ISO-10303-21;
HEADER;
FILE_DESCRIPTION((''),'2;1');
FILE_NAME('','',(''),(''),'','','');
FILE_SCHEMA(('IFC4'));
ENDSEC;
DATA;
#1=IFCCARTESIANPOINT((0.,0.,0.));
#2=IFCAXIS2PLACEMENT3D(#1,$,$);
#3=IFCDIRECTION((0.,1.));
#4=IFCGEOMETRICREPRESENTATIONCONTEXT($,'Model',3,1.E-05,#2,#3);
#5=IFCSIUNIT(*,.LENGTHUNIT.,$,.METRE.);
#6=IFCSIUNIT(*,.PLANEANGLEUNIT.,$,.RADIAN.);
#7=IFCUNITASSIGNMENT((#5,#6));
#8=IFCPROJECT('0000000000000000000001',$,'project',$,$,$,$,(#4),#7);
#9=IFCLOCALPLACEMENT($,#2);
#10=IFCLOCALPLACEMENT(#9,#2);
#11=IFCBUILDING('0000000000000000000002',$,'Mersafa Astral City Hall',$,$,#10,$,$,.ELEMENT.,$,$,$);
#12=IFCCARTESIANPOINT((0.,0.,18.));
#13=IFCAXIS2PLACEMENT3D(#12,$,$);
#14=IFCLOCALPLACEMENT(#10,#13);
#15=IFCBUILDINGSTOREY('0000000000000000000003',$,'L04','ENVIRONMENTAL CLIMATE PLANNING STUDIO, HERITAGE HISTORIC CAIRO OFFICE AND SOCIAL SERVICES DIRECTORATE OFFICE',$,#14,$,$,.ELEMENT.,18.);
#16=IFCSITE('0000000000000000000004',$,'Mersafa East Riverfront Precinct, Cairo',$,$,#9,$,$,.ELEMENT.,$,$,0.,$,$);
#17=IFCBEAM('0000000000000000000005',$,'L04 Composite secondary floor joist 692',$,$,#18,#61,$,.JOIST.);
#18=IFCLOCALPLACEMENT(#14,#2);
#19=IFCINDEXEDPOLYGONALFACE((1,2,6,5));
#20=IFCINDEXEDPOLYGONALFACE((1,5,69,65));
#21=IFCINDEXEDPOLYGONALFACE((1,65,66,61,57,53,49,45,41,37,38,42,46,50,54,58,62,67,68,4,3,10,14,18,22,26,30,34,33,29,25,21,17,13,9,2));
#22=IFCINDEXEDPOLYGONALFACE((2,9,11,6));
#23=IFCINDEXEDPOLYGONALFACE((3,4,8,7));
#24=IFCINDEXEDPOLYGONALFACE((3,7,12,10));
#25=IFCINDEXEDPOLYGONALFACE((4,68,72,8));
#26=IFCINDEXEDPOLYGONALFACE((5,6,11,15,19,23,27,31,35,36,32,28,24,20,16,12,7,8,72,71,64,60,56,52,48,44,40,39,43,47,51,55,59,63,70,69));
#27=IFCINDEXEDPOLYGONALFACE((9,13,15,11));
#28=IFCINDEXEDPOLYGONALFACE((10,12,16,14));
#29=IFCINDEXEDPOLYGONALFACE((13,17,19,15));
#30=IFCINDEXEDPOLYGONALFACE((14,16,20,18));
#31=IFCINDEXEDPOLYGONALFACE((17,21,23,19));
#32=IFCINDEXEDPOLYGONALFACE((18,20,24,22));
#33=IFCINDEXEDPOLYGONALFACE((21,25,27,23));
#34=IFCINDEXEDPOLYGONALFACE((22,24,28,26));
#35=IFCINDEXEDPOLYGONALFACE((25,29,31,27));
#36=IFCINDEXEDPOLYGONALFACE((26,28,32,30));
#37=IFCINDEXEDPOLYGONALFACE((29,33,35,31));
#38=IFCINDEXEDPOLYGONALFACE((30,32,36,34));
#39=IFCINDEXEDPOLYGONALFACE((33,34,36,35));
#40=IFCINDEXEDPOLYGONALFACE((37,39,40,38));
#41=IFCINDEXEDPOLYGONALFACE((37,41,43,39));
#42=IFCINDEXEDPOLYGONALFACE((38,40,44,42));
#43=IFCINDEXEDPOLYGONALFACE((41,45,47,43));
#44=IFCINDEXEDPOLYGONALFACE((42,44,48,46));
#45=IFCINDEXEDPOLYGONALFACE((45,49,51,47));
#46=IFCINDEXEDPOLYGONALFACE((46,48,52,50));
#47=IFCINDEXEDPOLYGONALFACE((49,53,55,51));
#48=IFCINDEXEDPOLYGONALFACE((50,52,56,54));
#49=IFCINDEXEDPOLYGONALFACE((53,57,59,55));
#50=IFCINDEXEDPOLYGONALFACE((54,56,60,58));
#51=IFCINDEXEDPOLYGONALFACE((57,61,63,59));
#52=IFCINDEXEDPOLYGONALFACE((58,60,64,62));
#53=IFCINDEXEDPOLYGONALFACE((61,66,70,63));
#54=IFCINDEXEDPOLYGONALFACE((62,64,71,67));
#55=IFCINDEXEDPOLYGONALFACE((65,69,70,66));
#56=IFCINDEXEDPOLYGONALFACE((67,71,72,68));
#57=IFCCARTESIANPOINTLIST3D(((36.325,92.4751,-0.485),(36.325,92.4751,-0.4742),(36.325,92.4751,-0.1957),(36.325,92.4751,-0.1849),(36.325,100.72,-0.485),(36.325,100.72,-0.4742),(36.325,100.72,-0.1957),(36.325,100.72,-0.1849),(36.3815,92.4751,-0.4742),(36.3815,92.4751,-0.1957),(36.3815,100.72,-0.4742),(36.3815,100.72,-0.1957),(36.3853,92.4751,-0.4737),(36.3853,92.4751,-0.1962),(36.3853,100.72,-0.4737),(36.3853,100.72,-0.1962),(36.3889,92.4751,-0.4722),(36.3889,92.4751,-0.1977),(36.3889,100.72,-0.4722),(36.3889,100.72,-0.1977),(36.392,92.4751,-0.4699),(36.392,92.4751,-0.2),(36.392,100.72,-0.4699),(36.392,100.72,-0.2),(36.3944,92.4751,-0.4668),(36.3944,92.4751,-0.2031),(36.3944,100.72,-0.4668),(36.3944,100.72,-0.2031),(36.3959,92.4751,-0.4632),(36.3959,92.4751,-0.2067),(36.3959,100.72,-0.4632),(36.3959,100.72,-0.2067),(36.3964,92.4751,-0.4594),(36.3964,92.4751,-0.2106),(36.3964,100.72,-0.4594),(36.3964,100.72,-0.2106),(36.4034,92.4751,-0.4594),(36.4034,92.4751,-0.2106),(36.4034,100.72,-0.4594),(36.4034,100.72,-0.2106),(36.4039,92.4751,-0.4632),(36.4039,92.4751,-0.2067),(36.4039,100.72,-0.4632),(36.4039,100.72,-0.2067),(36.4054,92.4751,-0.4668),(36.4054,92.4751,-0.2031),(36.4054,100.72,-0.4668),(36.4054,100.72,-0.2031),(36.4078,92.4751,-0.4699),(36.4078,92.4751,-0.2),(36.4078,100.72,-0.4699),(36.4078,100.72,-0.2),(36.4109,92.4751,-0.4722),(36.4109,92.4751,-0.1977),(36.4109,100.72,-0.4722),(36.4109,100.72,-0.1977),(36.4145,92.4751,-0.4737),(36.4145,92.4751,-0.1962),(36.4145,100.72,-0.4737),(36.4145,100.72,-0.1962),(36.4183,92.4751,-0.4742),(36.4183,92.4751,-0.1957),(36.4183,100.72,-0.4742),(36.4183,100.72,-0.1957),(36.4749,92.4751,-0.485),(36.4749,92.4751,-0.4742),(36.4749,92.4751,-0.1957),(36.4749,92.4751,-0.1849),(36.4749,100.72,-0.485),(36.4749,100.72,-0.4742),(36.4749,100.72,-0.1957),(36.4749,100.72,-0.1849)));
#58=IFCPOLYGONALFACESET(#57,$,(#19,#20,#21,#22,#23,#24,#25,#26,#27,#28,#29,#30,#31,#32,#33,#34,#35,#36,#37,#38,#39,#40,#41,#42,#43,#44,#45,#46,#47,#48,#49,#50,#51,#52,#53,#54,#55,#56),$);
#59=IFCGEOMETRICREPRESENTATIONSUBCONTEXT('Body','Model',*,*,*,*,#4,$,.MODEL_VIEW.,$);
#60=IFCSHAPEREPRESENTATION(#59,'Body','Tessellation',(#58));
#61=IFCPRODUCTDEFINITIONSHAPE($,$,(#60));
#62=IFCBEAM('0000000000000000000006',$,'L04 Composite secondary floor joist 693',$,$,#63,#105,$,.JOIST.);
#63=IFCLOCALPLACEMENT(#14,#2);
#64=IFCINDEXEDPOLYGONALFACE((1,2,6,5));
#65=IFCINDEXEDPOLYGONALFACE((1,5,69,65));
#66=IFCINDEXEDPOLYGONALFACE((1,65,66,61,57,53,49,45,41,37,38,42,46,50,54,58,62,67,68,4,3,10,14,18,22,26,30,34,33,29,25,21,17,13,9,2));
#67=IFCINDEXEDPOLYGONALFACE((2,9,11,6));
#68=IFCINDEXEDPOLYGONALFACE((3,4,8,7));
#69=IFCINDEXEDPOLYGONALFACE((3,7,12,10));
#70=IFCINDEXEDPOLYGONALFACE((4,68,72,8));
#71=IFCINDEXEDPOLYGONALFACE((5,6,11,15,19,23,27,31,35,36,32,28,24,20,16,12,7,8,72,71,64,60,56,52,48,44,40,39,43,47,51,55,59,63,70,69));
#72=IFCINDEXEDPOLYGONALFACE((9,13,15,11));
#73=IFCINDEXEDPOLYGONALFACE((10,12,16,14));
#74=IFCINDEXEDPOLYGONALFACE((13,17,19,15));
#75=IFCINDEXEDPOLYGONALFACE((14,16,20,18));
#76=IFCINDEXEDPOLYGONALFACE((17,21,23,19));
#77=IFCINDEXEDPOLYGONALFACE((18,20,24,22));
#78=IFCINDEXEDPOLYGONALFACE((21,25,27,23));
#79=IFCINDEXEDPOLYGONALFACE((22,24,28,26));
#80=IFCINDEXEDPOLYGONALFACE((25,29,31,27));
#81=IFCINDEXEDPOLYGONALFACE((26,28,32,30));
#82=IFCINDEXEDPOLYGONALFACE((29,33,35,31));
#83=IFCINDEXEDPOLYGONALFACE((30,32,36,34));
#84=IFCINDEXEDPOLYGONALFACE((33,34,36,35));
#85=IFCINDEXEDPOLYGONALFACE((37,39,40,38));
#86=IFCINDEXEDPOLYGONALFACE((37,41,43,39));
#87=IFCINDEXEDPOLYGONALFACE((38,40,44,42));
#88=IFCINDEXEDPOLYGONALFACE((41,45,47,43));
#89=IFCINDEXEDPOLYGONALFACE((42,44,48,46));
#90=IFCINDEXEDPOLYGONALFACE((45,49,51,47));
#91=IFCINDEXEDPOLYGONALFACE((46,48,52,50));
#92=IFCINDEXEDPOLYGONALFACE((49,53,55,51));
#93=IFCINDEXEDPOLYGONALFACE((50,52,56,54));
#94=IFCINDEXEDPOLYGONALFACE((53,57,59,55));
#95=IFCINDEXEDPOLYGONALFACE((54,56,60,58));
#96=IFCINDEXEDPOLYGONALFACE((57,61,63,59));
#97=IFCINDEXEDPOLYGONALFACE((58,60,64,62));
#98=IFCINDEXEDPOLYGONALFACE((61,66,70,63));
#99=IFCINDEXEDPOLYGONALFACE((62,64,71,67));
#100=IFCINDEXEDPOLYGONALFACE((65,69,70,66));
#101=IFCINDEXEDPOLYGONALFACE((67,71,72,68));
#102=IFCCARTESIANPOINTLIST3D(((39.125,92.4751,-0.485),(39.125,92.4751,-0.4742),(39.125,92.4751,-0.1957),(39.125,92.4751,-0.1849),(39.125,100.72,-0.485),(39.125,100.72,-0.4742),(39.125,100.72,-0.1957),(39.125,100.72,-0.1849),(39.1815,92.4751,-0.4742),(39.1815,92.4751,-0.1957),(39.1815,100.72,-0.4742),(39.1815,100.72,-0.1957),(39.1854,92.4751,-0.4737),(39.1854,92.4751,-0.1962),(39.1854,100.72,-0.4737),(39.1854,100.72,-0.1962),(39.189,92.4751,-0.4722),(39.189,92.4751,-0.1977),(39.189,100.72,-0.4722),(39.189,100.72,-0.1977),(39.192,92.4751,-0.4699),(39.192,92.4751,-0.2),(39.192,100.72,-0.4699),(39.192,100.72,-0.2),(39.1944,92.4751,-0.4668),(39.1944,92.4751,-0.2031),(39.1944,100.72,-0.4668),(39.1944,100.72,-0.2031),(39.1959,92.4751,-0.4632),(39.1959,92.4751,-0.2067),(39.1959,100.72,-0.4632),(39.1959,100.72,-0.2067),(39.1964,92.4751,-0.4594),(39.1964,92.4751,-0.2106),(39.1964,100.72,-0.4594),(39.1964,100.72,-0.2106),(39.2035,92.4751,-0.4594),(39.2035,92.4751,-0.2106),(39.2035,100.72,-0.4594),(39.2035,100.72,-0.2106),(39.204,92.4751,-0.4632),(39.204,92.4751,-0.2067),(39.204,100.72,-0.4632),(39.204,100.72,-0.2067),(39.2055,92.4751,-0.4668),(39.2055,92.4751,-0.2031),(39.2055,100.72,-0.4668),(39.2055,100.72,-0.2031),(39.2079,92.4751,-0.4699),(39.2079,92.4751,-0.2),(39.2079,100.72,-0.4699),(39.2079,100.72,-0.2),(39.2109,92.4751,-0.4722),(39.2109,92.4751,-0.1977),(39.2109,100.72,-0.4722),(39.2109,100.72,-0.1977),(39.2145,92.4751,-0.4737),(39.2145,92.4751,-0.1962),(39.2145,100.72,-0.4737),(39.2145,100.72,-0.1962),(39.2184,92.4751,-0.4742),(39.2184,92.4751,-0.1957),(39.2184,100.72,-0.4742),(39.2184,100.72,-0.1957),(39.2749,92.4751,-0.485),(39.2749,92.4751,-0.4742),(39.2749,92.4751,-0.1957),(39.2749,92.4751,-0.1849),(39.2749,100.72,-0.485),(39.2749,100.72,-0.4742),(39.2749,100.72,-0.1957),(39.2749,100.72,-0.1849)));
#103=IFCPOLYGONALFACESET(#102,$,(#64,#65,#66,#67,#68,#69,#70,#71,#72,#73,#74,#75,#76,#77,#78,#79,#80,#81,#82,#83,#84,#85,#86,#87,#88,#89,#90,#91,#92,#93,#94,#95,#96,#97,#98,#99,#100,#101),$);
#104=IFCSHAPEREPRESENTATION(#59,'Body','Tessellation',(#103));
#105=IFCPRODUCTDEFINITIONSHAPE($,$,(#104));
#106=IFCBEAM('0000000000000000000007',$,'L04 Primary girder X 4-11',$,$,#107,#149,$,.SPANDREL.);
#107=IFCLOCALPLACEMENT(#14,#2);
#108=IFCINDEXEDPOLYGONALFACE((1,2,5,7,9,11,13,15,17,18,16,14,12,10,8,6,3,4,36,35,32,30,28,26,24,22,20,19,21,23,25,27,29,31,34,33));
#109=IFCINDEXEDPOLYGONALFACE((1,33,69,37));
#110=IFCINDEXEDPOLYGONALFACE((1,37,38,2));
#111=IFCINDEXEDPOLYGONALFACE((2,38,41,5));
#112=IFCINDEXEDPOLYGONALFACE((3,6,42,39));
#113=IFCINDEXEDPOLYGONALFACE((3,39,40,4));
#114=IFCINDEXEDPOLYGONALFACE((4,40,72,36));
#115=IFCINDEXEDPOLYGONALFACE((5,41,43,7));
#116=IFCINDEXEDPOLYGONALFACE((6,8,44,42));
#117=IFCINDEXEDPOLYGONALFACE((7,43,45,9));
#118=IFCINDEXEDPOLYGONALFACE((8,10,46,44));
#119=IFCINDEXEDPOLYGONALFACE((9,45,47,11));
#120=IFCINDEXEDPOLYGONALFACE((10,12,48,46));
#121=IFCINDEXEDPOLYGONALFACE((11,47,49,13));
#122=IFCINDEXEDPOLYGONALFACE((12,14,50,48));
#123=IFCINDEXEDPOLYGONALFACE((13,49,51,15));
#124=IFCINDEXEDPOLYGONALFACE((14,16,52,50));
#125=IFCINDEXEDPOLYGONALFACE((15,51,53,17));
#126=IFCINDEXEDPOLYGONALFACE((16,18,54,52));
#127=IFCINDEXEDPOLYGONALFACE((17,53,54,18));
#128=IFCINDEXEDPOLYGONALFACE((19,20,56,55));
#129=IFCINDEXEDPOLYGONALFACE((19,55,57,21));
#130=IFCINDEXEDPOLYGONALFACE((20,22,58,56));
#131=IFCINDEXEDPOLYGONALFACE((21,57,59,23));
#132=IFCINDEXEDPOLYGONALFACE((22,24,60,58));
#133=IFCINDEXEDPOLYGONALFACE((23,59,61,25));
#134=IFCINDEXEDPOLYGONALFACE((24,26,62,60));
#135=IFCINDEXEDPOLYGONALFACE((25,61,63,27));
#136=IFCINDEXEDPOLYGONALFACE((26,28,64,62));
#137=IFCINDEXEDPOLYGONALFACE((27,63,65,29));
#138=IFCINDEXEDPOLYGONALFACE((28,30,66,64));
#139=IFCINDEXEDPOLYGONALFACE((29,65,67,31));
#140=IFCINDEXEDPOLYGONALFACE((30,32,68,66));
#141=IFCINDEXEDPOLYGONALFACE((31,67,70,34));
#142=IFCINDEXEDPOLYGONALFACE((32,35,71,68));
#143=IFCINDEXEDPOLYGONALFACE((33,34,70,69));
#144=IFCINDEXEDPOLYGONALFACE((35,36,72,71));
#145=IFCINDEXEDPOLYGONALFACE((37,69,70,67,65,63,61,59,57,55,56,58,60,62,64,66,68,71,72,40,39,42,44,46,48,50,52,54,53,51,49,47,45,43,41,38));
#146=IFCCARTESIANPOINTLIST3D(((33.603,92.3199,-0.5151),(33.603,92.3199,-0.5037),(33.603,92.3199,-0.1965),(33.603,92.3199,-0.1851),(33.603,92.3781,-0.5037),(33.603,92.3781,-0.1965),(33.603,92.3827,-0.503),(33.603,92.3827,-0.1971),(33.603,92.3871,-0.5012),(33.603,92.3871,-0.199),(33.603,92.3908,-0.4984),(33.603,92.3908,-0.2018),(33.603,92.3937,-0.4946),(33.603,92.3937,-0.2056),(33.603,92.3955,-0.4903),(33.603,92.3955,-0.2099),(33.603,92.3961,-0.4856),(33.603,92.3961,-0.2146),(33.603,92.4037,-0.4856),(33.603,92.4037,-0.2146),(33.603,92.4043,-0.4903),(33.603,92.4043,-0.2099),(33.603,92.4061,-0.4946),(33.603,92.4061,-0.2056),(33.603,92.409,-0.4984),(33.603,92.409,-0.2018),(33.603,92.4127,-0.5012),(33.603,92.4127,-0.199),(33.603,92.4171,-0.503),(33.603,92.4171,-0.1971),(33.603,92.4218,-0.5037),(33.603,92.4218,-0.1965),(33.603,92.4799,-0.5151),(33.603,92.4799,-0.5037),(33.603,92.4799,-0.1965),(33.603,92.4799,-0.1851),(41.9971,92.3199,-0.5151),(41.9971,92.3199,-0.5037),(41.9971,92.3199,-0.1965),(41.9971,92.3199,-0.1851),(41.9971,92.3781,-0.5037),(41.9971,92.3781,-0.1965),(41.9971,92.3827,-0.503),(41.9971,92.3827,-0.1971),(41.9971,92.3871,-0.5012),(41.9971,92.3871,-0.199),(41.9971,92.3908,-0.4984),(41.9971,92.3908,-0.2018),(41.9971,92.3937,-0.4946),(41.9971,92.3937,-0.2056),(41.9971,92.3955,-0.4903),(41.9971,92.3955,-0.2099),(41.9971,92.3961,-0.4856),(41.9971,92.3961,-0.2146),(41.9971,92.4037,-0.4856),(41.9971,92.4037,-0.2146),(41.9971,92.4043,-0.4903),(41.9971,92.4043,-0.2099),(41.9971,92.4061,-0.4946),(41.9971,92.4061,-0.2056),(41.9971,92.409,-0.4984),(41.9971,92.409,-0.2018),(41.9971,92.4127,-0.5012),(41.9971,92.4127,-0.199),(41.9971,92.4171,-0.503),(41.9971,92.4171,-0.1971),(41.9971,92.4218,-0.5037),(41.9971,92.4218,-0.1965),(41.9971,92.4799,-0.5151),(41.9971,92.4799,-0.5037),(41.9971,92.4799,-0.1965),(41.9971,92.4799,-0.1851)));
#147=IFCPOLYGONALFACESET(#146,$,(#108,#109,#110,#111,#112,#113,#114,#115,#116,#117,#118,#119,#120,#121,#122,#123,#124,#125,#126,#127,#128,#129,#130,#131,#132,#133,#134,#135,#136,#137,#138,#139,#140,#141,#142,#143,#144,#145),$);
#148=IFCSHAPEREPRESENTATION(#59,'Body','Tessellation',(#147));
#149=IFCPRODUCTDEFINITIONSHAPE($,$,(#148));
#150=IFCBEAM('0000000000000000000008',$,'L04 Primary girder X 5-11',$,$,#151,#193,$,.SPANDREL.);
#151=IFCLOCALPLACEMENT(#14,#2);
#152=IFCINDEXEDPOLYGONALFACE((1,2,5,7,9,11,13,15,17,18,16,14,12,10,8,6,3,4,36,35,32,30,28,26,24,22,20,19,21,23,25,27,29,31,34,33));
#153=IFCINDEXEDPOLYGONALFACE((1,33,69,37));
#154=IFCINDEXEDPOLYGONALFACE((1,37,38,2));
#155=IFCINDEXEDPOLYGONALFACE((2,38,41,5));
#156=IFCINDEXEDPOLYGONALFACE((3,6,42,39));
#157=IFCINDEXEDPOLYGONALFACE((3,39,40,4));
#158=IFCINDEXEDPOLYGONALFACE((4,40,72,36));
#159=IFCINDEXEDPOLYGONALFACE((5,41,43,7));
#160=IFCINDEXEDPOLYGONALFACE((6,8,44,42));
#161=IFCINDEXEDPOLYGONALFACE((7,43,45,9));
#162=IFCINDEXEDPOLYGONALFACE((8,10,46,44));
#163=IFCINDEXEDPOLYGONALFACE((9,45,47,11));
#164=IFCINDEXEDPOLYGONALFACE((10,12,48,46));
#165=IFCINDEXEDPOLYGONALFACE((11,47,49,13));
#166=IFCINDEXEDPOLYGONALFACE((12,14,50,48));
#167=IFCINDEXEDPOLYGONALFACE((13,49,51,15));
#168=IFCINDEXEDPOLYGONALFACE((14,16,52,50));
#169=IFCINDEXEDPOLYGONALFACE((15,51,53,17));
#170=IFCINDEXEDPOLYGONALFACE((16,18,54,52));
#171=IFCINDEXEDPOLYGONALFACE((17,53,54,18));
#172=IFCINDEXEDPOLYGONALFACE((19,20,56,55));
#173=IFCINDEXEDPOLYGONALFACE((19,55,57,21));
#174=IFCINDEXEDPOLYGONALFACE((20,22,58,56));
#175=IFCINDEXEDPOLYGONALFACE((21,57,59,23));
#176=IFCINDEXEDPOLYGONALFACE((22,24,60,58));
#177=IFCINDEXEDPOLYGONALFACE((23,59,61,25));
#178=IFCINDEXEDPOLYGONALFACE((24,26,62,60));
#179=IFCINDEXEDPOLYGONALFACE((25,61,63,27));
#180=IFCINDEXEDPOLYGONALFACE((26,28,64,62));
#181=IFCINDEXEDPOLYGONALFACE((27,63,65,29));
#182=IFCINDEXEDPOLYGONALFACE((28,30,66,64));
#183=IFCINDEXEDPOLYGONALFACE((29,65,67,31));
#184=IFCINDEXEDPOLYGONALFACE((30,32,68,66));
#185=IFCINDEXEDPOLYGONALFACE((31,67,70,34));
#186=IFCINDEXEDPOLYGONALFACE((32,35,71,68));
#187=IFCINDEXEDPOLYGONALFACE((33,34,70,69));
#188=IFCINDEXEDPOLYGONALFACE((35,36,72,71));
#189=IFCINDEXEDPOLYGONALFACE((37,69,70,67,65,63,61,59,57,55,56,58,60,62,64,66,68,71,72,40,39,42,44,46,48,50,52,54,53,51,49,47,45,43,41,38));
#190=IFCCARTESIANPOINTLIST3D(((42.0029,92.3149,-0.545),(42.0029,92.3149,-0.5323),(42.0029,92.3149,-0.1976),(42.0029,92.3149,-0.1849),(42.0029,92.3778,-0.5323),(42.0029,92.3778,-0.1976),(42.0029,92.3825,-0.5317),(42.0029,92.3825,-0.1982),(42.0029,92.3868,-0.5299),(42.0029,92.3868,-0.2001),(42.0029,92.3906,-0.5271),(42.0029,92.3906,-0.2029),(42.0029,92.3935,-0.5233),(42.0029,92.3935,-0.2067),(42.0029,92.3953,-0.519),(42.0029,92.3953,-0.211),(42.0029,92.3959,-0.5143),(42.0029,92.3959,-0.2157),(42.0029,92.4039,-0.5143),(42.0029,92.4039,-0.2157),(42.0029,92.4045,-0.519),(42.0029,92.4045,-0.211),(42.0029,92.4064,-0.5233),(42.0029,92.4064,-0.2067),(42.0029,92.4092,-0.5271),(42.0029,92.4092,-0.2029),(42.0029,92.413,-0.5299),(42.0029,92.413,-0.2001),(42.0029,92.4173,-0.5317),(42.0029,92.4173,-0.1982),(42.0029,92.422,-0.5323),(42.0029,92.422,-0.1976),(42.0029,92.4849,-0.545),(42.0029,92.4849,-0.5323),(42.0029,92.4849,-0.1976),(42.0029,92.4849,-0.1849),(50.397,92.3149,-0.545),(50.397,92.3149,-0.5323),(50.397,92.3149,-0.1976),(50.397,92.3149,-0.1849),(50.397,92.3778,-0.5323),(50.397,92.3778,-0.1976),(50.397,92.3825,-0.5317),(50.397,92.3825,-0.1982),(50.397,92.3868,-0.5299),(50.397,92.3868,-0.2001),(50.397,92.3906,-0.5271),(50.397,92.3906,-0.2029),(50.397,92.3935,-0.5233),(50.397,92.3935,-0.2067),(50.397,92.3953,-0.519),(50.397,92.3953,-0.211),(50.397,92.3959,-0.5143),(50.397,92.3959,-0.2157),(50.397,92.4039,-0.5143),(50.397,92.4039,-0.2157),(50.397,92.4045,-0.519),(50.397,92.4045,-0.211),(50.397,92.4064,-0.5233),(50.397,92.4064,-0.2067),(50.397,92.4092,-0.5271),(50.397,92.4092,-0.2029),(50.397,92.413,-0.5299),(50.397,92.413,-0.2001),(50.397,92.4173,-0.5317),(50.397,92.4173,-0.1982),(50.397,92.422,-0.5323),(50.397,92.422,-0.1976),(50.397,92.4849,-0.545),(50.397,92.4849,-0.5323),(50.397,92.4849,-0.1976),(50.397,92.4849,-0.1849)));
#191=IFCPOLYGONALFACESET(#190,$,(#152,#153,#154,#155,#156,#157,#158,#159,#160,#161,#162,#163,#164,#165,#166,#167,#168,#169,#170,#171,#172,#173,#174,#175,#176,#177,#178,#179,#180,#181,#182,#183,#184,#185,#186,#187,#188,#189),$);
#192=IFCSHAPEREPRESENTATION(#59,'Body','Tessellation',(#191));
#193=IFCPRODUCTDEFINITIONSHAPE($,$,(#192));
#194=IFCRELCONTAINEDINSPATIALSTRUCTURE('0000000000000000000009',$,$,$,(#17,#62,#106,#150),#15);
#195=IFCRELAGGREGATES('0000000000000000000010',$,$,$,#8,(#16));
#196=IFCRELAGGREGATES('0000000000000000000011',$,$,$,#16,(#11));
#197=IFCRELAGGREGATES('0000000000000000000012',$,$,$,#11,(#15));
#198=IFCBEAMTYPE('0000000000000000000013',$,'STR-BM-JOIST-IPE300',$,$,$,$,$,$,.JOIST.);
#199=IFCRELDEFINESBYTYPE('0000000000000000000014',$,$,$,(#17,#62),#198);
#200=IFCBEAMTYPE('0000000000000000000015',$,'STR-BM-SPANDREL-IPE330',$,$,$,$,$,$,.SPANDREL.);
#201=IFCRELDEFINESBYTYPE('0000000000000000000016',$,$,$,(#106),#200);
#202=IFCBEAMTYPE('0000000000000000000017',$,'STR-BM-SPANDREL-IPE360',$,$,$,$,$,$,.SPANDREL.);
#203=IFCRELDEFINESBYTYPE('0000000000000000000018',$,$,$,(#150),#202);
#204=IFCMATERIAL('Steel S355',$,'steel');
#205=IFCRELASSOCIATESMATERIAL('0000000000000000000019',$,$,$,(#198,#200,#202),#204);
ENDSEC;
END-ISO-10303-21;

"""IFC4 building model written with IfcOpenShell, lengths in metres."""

from ifc_helpers import new_model, si_unit, direction, frame, origin, origin_2d, place, context, subcontext, project, spatial, i_section, extrude, material, material_profile, profile_set, type_object, element, save


model = new_model("IFC4")

# Units and contexts
model_context = context("Model", 3, precision=1e-05, world=origin(), true_north=direction((0.0, 1.0)))
body_context = subcontext(model_context, "Body", "Model", "MODEL_VIEW")
ifc_project = project(units=[si_unit("LENGTHUNIT", "METRE"), si_unit("PLANEANGLEUNIT", "RADIAN")], contexts=[model_context])

# Site, building, storey
site_placement = place(None, origin())
site = spatial("IfcSite", under=ifc_project, at=site_placement, Name="Mersafa East Riverfront Precinct, Cairo", CompositionType="ELEMENT", RefElevation=0.0)
building_placement = place(site_placement, origin())
building = spatial("IfcBuilding", under=site, at=building_placement, Name="Mersafa Astral City Hall", CompositionType="ELEMENT")
storey_placement = place(building_placement, frame((0.0, 0.0, 18.0)))
storey = spatial("IfcBuildingStorey", under=building, at=storey_placement, Name="L04", Description="ENVIRONMENTAL CLIMATE PLANNING STUDIO, HERITAGE HISTORIC CAIRO OFFICE AND SOCIAL SERVICES DIRECTORATE OFFICE", CompositionType="ELEMENT", Elevation=18.0)

# Shared definitions
ifc_material_1 = material(Name="Steel S355", Category="steel")

# Beams
ifc_material_profile_1 = material_profile(ifc_material_1, i_section(OverallWidth=0.1499, OverallDepth=0.3, WebThickness=0.0071, FlangeThickness=0.0107, FilletRadius=0.0149, at=origin_2d()), Name="IPE 300")
ifc_profile_set_1 = profile_set([ifc_material_profile_1], Name="Steel S355")
beam_type_1 = type_object("IfcBeamType", Name="STR-BM-JOIST-IPE300", PredefinedType="JOIST", material=ifc_profile_set_1)
for number, where, z_axis, x_axis, name in (
    (1, (36.3999, 92.4751, -0.335), (0.0, 1.0, 0.0), (-1.0, 0.0, 0.0), "L04 Composite secondary floor joist 692"),
    (2, (39.2, 92.4751, -0.335), (0.0, 1.0, 0.0), (-1.0, 0.0, 0.0), "L04 Composite secondary floor joist 693"),
):
    element("IfcBeam", number, at=place(storey_placement, frame(where, z_axis=z_axis, x_axis=x_axis)), inside=storey, type_object=beam_type_1, Name=name, PredefinedType="JOIST", context=body_context, shape_type="SweptSolid", body=[
        extrude(i_section(OverallWidth=0.1499, OverallDepth=0.3, WebThickness=0.0071, FlangeThickness=0.0107, FilletRadius=0.0149, at=origin_2d()), origin(), (0.0, 0.0, 1.0), 8.2449),
    ])
ifc_material_profile_2 = material_profile(ifc_material_1, i_section(OverallWidth=0.1599, OverallDepth=0.3301, WebThickness=0.0076, FlangeThickness=0.0115, FilletRadius=0.0181, at=origin_2d()), Name="IPE 330")
ifc_profile_set_2 = profile_set([ifc_material_profile_2], Name="Steel S355")
beam_type_2 = type_object("IfcBeamType", Name="STR-BM-SPANDREL-IPE330", PredefinedType="SPANDREL", material=ifc_profile_set_2)
beam_1_placement = place(storey_placement, frame((33.603, 92.3999, -0.3501), z_axis=(1.0, 0.0, 0.0), x_axis=(0.0, 1.0, 0.0)))
element("IfcBeam", 3, at=beam_1_placement, inside=storey, type_object=beam_type_2, Name="L04 Primary girder X 4-11", PredefinedType="SPANDREL", context=body_context, shape_type="SweptSolid", body=[
    extrude(i_section(OverallWidth=0.1599, OverallDepth=0.3301, WebThickness=0.0076, FlangeThickness=0.0115, FilletRadius=0.0181, at=origin_2d()), origin(), (0.0, 0.0, 1.0), 8.394),
])
ifc_material_profile_3 = material_profile(ifc_material_1, i_section(OverallWidth=0.1699, OverallDepth=0.3601, WebThickness=0.0081, FlangeThickness=0.0127, FilletRadius=0.0181, at=origin_2d()), Name="IPE 360")
ifc_profile_set_3 = profile_set([ifc_material_profile_3], Name="Steel S355")
beam_type_3 = type_object("IfcBeamType", Name="STR-BM-SPANDREL-IPE360", PredefinedType="SPANDREL", material=ifc_profile_set_3)
beam_2_placement = place(storey_placement, frame((42.0029, 92.3999, -0.365), z_axis=(1.0, 0.0, 0.0), x_axis=(0.0, 1.0, 0.0)))
element("IfcBeam", 4, at=beam_2_placement, inside=storey, type_object=beam_type_3, Name="L04 Primary girder X 5-11", PredefinedType="SPANDREL", context=body_context, shape_type="SweptSolid", body=[
    extrude(i_section(OverallWidth=0.1699, OverallDepth=0.3601, WebThickness=0.0081, FlangeThickness=0.0127, FilletRadius=0.0181, at=origin_2d()), origin(), (0.0, 0.0, 1.0), 8.394),
])

save(model, "model.ifc")
